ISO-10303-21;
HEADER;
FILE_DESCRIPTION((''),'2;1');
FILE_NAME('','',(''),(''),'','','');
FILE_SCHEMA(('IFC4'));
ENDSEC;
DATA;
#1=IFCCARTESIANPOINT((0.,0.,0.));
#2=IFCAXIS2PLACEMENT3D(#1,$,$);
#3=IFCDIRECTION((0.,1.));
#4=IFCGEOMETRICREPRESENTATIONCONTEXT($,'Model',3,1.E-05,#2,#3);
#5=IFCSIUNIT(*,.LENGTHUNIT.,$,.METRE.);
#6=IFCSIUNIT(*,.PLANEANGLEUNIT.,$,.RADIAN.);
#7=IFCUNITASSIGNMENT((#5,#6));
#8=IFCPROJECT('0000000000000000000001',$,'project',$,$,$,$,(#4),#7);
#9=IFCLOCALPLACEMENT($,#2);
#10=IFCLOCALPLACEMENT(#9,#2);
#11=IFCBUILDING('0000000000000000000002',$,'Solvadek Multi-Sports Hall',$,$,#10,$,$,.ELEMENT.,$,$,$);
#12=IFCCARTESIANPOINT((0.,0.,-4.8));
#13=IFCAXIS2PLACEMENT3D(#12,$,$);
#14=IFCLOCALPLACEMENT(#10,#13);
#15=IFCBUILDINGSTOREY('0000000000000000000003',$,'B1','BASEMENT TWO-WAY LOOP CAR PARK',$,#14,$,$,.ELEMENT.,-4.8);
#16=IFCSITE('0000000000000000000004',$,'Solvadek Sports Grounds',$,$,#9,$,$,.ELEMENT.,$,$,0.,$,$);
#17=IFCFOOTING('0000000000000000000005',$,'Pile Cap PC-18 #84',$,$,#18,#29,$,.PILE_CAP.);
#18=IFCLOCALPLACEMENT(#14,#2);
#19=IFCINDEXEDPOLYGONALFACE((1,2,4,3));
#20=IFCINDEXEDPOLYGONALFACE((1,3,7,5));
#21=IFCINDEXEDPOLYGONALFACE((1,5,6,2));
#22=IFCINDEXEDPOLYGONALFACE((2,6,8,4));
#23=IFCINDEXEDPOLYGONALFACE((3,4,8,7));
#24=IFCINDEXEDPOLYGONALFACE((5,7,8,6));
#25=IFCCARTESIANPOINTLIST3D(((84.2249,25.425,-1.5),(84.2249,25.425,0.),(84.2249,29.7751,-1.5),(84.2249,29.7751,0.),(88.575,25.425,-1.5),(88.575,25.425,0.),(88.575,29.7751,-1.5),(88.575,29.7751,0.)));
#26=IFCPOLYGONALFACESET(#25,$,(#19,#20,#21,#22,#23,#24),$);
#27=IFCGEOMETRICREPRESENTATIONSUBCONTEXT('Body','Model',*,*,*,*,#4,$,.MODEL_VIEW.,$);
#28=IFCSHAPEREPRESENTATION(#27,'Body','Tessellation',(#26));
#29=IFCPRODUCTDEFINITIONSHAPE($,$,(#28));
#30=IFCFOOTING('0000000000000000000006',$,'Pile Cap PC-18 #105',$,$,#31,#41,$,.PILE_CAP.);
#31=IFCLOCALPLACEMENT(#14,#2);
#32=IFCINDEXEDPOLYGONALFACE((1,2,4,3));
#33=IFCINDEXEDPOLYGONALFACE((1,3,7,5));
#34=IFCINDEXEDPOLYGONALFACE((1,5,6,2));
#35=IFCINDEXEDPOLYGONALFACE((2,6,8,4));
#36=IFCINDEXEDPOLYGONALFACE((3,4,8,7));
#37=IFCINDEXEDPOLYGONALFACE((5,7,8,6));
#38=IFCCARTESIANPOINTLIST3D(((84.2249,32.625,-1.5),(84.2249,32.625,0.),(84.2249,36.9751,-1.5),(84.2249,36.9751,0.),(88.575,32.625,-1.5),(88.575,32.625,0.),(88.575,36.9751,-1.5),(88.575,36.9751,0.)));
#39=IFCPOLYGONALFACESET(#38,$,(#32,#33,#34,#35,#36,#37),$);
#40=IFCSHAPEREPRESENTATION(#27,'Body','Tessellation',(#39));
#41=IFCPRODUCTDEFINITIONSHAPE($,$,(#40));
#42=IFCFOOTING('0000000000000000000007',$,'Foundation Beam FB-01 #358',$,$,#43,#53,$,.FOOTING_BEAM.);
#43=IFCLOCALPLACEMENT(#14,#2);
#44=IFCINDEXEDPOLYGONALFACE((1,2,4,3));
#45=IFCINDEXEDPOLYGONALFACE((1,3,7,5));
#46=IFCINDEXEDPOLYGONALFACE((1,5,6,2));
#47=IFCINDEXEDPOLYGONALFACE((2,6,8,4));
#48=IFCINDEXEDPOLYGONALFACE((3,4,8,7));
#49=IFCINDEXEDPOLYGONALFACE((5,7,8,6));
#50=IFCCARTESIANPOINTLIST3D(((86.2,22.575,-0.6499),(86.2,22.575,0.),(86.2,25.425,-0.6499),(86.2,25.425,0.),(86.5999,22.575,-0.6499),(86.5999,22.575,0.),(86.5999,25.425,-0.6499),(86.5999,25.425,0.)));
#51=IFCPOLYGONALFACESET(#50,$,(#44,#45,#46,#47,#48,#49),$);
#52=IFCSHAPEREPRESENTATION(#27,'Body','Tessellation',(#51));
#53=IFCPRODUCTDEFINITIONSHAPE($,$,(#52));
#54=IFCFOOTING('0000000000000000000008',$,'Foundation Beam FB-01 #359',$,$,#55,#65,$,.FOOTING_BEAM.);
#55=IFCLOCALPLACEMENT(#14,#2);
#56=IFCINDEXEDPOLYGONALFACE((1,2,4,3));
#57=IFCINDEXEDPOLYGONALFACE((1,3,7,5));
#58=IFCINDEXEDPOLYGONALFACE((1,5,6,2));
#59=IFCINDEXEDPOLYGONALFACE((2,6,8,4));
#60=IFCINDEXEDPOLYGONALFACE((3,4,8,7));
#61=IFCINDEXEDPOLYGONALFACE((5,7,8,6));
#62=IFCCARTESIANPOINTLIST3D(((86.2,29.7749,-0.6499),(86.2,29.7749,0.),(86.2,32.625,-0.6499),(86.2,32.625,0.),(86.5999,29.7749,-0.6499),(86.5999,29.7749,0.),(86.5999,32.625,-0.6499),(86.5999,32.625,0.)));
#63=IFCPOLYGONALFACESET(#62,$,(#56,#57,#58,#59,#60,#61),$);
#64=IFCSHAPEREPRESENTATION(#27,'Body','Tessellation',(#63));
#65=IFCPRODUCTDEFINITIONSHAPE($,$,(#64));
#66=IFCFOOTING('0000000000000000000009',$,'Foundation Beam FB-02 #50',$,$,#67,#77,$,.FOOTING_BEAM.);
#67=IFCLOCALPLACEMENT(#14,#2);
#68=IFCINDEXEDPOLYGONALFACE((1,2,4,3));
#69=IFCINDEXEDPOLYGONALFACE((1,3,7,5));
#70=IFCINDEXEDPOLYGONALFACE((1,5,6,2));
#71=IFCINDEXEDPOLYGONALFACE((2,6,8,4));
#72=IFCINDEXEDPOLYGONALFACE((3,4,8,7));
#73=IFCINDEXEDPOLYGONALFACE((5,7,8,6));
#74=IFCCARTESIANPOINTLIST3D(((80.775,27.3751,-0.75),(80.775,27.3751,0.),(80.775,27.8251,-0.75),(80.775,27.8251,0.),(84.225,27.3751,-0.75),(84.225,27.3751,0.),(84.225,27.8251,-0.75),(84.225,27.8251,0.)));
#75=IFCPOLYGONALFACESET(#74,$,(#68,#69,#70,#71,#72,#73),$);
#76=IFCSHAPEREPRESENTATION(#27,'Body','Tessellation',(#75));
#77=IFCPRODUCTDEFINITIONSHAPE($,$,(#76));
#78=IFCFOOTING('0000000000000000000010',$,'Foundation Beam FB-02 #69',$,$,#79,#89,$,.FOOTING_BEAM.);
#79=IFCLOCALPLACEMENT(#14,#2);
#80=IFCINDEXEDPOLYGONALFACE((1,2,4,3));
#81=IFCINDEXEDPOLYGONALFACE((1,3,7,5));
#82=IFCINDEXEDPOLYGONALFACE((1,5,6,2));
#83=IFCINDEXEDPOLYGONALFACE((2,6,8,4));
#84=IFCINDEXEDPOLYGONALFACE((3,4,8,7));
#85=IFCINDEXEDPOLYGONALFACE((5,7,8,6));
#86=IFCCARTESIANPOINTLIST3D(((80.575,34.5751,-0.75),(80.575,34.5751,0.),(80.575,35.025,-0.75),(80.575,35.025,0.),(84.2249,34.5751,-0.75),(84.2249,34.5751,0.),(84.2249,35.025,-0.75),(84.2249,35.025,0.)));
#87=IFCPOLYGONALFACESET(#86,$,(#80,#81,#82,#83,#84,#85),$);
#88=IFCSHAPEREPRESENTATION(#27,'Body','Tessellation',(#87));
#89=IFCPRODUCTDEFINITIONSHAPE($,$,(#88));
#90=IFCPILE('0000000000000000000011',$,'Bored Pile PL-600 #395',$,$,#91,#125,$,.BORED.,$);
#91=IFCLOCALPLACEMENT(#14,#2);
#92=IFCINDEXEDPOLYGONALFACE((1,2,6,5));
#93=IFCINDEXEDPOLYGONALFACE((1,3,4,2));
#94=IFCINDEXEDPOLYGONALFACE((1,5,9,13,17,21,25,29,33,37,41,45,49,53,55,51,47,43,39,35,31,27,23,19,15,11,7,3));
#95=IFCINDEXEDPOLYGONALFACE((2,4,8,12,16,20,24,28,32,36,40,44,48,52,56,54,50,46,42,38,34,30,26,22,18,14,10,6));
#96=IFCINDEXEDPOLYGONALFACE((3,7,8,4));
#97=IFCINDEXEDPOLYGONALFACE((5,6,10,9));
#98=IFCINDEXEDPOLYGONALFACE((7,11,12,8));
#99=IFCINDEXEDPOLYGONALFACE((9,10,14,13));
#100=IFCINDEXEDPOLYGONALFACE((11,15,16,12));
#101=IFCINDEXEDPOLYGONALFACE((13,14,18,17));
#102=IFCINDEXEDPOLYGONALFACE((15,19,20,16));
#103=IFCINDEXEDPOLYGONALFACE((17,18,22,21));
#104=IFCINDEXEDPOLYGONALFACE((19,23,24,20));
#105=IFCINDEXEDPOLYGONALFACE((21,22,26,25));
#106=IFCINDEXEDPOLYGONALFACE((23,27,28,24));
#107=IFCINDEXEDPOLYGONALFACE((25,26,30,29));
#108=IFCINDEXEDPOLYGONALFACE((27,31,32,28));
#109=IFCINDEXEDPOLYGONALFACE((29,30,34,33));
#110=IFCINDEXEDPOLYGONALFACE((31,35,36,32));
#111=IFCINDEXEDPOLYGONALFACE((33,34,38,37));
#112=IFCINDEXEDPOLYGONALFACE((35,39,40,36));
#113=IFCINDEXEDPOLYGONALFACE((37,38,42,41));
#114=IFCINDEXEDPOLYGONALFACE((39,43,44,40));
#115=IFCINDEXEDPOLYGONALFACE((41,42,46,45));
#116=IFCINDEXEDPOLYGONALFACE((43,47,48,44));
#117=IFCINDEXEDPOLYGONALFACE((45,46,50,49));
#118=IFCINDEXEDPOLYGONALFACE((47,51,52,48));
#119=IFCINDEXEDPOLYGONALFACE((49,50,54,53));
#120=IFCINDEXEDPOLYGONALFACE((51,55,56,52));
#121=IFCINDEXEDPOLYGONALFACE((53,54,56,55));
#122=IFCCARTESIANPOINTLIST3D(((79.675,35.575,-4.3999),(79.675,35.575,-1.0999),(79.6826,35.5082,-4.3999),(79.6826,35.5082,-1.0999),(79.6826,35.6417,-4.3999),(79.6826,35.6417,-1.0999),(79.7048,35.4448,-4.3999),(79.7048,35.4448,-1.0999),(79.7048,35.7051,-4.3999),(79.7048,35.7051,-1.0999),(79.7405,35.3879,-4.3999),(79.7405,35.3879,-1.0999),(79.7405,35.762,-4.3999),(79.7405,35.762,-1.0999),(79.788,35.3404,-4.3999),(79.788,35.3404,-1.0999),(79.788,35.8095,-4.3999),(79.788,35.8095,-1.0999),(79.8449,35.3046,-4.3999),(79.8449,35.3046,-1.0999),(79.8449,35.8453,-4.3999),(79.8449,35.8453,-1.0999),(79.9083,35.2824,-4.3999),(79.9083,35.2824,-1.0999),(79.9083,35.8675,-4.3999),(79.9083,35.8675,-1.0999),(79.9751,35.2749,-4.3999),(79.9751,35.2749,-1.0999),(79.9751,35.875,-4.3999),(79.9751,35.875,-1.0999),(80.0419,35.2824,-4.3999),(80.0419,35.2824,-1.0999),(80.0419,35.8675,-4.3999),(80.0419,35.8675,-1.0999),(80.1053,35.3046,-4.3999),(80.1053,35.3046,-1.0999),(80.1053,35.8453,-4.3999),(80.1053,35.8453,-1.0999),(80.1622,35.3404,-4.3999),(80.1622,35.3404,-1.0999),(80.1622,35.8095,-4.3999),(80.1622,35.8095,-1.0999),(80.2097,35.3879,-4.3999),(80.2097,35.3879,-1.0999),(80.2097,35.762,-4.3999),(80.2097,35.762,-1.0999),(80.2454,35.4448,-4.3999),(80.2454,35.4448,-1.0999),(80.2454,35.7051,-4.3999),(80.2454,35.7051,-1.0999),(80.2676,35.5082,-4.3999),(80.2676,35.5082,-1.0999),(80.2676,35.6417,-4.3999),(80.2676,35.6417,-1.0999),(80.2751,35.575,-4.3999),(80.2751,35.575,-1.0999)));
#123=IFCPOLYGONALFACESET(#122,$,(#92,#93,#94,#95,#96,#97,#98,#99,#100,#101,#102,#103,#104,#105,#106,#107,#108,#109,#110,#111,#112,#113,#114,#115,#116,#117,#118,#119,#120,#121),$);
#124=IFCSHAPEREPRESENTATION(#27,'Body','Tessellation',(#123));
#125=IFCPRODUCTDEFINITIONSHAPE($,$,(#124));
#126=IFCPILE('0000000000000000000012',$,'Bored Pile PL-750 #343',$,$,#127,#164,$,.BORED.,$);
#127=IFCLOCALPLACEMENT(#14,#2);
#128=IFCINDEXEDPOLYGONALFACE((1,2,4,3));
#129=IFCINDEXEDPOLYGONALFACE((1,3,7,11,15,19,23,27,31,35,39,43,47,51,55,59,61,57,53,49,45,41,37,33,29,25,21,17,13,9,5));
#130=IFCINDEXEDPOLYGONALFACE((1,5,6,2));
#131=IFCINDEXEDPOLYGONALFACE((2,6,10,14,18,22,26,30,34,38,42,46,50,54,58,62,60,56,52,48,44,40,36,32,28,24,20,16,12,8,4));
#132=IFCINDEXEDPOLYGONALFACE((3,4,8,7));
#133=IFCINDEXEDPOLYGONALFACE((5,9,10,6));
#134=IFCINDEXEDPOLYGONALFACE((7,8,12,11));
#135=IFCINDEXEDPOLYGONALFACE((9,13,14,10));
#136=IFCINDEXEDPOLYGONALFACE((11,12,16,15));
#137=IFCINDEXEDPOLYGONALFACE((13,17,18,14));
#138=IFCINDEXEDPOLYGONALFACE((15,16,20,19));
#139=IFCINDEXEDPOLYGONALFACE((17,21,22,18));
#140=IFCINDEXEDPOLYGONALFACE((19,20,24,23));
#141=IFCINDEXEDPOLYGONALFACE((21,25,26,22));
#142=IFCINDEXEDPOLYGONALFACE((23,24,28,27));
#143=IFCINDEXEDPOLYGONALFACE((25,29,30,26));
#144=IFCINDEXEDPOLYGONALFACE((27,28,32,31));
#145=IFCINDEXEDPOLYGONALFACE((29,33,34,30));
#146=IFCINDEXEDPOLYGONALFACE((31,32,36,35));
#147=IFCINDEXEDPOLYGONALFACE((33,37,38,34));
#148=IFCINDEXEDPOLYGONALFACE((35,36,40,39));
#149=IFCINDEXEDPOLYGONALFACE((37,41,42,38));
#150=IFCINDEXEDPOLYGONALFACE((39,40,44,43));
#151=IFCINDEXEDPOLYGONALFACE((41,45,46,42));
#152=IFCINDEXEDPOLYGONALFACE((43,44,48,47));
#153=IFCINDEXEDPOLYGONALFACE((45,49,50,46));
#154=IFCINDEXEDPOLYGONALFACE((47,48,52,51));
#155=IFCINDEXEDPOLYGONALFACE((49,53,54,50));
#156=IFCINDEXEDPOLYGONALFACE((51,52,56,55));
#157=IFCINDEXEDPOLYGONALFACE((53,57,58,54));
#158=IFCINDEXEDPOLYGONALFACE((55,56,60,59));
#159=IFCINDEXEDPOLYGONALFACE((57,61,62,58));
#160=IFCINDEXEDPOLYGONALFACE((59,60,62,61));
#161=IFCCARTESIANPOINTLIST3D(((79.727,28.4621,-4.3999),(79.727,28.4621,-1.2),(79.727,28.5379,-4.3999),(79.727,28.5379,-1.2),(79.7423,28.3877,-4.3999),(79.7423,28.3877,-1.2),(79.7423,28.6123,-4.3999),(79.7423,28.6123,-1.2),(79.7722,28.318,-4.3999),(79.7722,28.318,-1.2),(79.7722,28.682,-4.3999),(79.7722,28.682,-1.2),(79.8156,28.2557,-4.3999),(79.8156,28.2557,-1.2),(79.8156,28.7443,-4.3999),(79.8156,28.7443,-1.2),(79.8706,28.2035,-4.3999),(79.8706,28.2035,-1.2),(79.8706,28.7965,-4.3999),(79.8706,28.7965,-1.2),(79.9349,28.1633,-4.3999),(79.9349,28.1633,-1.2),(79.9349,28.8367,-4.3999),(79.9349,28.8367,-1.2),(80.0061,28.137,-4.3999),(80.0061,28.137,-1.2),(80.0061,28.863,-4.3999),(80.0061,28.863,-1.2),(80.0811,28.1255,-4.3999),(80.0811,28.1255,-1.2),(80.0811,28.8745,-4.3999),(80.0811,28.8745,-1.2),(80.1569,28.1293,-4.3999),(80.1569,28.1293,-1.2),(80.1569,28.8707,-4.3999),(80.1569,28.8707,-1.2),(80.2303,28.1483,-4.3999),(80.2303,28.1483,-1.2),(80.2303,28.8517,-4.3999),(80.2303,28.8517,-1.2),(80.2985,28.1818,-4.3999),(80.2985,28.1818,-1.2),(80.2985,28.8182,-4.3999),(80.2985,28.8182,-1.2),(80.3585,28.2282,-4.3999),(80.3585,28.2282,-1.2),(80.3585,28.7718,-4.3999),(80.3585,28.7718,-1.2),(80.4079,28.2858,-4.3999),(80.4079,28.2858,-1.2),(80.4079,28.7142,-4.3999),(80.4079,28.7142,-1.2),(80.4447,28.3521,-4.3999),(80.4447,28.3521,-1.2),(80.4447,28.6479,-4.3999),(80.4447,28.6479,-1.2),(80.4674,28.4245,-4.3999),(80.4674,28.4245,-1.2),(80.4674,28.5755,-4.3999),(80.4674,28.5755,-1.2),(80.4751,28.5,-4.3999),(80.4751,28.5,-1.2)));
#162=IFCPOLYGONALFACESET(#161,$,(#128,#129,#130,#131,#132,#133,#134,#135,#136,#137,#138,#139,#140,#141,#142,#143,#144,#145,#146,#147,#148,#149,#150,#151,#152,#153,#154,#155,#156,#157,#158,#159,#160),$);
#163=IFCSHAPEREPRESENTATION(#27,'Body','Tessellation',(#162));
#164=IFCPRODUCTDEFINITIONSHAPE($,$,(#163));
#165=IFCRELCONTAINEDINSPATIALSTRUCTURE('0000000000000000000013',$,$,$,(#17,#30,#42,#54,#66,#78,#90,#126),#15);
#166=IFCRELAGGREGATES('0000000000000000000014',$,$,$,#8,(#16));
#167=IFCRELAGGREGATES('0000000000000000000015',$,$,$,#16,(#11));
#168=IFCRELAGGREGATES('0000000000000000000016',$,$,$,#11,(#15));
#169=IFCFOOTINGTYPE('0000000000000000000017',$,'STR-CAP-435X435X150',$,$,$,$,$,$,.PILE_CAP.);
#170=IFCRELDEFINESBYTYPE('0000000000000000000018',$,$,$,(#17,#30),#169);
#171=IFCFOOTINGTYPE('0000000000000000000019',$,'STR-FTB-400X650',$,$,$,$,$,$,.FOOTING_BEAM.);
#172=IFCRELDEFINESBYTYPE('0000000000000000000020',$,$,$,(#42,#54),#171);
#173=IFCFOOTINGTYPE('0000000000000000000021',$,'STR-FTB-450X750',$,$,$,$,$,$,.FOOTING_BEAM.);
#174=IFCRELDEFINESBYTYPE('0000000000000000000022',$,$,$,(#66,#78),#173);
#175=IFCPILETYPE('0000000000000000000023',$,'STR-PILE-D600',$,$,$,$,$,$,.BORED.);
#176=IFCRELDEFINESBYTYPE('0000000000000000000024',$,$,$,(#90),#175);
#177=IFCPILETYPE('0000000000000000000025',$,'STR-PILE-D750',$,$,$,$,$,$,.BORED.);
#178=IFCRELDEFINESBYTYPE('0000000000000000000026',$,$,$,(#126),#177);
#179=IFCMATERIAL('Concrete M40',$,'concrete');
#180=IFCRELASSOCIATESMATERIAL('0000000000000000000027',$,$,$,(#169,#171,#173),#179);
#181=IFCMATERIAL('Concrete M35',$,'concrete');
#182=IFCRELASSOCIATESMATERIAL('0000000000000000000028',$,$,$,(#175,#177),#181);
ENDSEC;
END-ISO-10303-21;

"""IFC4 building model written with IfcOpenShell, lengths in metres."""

from ifc_helpers import new_model, si_unit, direction, frame, origin, origin_2d, place, context, subcontext, project, spatial, rectangle, circle, extrude, material, material_profile, profile_set, type_object, element, save


model = new_model("IFC4")

# Units and contexts
model_context = context("Model", 3, precision=1e-05, world=origin(), true_north=direction((0.0, 1.0)))
body_context = subcontext(model_context, "Body", "Model", "MODEL_VIEW")
ifc_project = project(units=[si_unit("LENGTHUNIT", "METRE"), si_unit("PLANEANGLEUNIT", "RADIAN")], contexts=[model_context])

# Site, building, storey
site_placement = place(None, origin())
site = spatial("IfcSite", under=ifc_project, at=site_placement, Name="Solvadek Sports Grounds", CompositionType="ELEMENT", RefElevation=0.0)
building_placement = place(site_placement, origin())
building = spatial("IfcBuilding", under=site, at=building_placement, Name="Solvadek Multi-Sports Hall", CompositionType="ELEMENT")
storey_placement = place(building_placement, frame((0.0, 0.0, -4.8)))
storey = spatial("IfcBuildingStorey", under=building, at=storey_placement, Name="B1", Description="BASEMENT TWO-WAY LOOP CAR PARK", CompositionType="ELEMENT", Elevation=-4.8)

# Footings
ifc_material_1 = material(Name="Concrete M40", Category="concrete")
footing_type_1 = type_object("IfcFootingType", Name="STR-CAP-435X435X150", PredefinedType="PILE_CAP", material=ifc_material_1)
for number, where, z_axis, x_axis, name in (
    (1, (86.3999, 27.6001, -1.5), (0.0, 0.0, 1.0), (1.0, 0.0, 0.0), "Pile Cap PC-18 #84"),
    (2, (86.3999, 34.8, -1.5), (0.0, 0.0, 1.0), (1.0, 0.0, 0.0), "Pile Cap PC-18 #105"),
):
    element("IfcFooting", number, at=place(storey_placement, frame(where, z_axis=z_axis, x_axis=x_axis)), inside=storey, type_object=footing_type_1, Name=name, PredefinedType="PILE_CAP", context=body_context, shape_type="SweptSolid", body=[
        extrude(rectangle(XDim=4.3501, YDim=4.3501, at=origin_2d()), origin(), (0.0, 0.0, 1.0), 1.5),
    ])
footing_type_2 = type_object("IfcFootingType", Name="STR-FTB-400X650", PredefinedType="FOOTING_BEAM", material=ifc_material_1)
for number, where, z_axis, x_axis, name in (
    (3, (86.3999, 24.0, -0.6499), (0.0, 0.0, 1.0), (0.0, 1.0, 0.0), "Foundation Beam FB-01 #358"),
    (4, (86.3999, 31.2, -0.6499), (0.0, 0.0, 1.0), (0.0, 1.0, 0.0), "Foundation Beam FB-01 #359"),
):
    element("IfcFooting", number, at=place(storey_placement, frame(where, z_axis=z_axis, x_axis=x_axis)), inside=storey, type_object=footing_type_2, Name=name, PredefinedType="FOOTING_BEAM", context=body_context, shape_type="SweptSolid", body=[
        extrude(rectangle(XDim=2.8501, YDim=0.3999, at=origin_2d()), origin(), (0.0, 0.0, 1.0), 0.6499),
    ])
footing_type_3 = type_object("IfcFootingType", Name="STR-FTB-450X750", PredefinedType="FOOTING_BEAM", material=ifc_material_1)
footing_1_placement = place(storey_placement, frame((82.5, 27.6001, -0.75), z_axis=(0.0, 0.0, 1.0), x_axis=(1.0, 0.0, 0.0)))
element("IfcFooting", 5, at=footing_1_placement, inside=storey, type_object=footing_type_3, Name="Foundation Beam FB-02 #50", PredefinedType="FOOTING_BEAM", context=body_context, shape_type="SweptSolid", body=[
    extrude(rectangle(XDim=3.45, YDim=0.45, at=origin_2d()), origin(), (0.0, 0.0, 1.0), 0.75),
])
footing_2_placement = place(storey_placement, frame((82.3999, 34.8, -0.75), z_axis=(0.0, 0.0, 1.0), x_axis=(1.0, 0.0, 0.0)))
element("IfcFooting", 6, at=footing_2_placement, inside=storey, type_object=footing_type_3, Name="Foundation Beam FB-02 #69", PredefinedType="FOOTING_BEAM", context=body_context, shape_type="SweptSolid", body=[
    extrude(rectangle(XDim=3.6499, YDim=0.45, at=origin_2d()), origin(), (0.0, 0.0, 1.0), 0.75),
])

# Piles
ifc_material_2 = material(Name="Concrete M35", Category="concrete")
ifc_material_profile_1 = material_profile(ifc_material_2, circle(Radius=0.3, at=origin_2d()), Name="BORED PILE D600")
ifc_profile_set_1 = profile_set([ifc_material_profile_1], Name="Concrete M35")
pile_type_1 = type_object("IfcPileType", Name="STR-PILE-D600", PredefinedType="BORED", material=ifc_profile_set_1)
pile_1_placement = place(storey_placement, frame((79.9751, 35.575, -1.0999), z_axis=(0.0, 0.0, -1.0), x_axis=(1.0, 0.0, 0.0)))
element("IfcPile", 7, at=pile_1_placement, inside=storey, type_object=pile_type_1, Name="Bored Pile PL-600 #395", PredefinedType="BORED", context=body_context, shape_type="SweptSolid", body=[
    extrude(circle(Radius=0.3, at=origin_2d()), origin(), (0.0, 0.0, 1.0), 3.3),
])
ifc_material_profile_2 = material_profile(ifc_material_2, circle(Radius=0.375, at=origin_2d()), Name="BORED PILE D750")
ifc_profile_set_2 = profile_set([ifc_material_profile_2], Name="Concrete M35")
pile_type_2 = type_object("IfcPileType", Name="STR-PILE-D750", PredefinedType="BORED", material=ifc_profile_set_2)
pile_2_placement = place(storey_placement, frame((80.1001, 28.5, -1.2), z_axis=(0.0, 0.0, -1.0), x_axis=(1.0, 0.0, 0.0)))
element("IfcPile", 8, at=pile_2_placement, inside=storey, type_object=pile_type_2, Name="Bored Pile PL-750 #343", PredefinedType="BORED", context=body_context, shape_type="SweptSolid", body=[
    extrude(circle(Radius=0.375, at=origin_2d()), origin(), (0.0, 0.0, 1.0), 3.2),
])

save(model, "model.ifc")
